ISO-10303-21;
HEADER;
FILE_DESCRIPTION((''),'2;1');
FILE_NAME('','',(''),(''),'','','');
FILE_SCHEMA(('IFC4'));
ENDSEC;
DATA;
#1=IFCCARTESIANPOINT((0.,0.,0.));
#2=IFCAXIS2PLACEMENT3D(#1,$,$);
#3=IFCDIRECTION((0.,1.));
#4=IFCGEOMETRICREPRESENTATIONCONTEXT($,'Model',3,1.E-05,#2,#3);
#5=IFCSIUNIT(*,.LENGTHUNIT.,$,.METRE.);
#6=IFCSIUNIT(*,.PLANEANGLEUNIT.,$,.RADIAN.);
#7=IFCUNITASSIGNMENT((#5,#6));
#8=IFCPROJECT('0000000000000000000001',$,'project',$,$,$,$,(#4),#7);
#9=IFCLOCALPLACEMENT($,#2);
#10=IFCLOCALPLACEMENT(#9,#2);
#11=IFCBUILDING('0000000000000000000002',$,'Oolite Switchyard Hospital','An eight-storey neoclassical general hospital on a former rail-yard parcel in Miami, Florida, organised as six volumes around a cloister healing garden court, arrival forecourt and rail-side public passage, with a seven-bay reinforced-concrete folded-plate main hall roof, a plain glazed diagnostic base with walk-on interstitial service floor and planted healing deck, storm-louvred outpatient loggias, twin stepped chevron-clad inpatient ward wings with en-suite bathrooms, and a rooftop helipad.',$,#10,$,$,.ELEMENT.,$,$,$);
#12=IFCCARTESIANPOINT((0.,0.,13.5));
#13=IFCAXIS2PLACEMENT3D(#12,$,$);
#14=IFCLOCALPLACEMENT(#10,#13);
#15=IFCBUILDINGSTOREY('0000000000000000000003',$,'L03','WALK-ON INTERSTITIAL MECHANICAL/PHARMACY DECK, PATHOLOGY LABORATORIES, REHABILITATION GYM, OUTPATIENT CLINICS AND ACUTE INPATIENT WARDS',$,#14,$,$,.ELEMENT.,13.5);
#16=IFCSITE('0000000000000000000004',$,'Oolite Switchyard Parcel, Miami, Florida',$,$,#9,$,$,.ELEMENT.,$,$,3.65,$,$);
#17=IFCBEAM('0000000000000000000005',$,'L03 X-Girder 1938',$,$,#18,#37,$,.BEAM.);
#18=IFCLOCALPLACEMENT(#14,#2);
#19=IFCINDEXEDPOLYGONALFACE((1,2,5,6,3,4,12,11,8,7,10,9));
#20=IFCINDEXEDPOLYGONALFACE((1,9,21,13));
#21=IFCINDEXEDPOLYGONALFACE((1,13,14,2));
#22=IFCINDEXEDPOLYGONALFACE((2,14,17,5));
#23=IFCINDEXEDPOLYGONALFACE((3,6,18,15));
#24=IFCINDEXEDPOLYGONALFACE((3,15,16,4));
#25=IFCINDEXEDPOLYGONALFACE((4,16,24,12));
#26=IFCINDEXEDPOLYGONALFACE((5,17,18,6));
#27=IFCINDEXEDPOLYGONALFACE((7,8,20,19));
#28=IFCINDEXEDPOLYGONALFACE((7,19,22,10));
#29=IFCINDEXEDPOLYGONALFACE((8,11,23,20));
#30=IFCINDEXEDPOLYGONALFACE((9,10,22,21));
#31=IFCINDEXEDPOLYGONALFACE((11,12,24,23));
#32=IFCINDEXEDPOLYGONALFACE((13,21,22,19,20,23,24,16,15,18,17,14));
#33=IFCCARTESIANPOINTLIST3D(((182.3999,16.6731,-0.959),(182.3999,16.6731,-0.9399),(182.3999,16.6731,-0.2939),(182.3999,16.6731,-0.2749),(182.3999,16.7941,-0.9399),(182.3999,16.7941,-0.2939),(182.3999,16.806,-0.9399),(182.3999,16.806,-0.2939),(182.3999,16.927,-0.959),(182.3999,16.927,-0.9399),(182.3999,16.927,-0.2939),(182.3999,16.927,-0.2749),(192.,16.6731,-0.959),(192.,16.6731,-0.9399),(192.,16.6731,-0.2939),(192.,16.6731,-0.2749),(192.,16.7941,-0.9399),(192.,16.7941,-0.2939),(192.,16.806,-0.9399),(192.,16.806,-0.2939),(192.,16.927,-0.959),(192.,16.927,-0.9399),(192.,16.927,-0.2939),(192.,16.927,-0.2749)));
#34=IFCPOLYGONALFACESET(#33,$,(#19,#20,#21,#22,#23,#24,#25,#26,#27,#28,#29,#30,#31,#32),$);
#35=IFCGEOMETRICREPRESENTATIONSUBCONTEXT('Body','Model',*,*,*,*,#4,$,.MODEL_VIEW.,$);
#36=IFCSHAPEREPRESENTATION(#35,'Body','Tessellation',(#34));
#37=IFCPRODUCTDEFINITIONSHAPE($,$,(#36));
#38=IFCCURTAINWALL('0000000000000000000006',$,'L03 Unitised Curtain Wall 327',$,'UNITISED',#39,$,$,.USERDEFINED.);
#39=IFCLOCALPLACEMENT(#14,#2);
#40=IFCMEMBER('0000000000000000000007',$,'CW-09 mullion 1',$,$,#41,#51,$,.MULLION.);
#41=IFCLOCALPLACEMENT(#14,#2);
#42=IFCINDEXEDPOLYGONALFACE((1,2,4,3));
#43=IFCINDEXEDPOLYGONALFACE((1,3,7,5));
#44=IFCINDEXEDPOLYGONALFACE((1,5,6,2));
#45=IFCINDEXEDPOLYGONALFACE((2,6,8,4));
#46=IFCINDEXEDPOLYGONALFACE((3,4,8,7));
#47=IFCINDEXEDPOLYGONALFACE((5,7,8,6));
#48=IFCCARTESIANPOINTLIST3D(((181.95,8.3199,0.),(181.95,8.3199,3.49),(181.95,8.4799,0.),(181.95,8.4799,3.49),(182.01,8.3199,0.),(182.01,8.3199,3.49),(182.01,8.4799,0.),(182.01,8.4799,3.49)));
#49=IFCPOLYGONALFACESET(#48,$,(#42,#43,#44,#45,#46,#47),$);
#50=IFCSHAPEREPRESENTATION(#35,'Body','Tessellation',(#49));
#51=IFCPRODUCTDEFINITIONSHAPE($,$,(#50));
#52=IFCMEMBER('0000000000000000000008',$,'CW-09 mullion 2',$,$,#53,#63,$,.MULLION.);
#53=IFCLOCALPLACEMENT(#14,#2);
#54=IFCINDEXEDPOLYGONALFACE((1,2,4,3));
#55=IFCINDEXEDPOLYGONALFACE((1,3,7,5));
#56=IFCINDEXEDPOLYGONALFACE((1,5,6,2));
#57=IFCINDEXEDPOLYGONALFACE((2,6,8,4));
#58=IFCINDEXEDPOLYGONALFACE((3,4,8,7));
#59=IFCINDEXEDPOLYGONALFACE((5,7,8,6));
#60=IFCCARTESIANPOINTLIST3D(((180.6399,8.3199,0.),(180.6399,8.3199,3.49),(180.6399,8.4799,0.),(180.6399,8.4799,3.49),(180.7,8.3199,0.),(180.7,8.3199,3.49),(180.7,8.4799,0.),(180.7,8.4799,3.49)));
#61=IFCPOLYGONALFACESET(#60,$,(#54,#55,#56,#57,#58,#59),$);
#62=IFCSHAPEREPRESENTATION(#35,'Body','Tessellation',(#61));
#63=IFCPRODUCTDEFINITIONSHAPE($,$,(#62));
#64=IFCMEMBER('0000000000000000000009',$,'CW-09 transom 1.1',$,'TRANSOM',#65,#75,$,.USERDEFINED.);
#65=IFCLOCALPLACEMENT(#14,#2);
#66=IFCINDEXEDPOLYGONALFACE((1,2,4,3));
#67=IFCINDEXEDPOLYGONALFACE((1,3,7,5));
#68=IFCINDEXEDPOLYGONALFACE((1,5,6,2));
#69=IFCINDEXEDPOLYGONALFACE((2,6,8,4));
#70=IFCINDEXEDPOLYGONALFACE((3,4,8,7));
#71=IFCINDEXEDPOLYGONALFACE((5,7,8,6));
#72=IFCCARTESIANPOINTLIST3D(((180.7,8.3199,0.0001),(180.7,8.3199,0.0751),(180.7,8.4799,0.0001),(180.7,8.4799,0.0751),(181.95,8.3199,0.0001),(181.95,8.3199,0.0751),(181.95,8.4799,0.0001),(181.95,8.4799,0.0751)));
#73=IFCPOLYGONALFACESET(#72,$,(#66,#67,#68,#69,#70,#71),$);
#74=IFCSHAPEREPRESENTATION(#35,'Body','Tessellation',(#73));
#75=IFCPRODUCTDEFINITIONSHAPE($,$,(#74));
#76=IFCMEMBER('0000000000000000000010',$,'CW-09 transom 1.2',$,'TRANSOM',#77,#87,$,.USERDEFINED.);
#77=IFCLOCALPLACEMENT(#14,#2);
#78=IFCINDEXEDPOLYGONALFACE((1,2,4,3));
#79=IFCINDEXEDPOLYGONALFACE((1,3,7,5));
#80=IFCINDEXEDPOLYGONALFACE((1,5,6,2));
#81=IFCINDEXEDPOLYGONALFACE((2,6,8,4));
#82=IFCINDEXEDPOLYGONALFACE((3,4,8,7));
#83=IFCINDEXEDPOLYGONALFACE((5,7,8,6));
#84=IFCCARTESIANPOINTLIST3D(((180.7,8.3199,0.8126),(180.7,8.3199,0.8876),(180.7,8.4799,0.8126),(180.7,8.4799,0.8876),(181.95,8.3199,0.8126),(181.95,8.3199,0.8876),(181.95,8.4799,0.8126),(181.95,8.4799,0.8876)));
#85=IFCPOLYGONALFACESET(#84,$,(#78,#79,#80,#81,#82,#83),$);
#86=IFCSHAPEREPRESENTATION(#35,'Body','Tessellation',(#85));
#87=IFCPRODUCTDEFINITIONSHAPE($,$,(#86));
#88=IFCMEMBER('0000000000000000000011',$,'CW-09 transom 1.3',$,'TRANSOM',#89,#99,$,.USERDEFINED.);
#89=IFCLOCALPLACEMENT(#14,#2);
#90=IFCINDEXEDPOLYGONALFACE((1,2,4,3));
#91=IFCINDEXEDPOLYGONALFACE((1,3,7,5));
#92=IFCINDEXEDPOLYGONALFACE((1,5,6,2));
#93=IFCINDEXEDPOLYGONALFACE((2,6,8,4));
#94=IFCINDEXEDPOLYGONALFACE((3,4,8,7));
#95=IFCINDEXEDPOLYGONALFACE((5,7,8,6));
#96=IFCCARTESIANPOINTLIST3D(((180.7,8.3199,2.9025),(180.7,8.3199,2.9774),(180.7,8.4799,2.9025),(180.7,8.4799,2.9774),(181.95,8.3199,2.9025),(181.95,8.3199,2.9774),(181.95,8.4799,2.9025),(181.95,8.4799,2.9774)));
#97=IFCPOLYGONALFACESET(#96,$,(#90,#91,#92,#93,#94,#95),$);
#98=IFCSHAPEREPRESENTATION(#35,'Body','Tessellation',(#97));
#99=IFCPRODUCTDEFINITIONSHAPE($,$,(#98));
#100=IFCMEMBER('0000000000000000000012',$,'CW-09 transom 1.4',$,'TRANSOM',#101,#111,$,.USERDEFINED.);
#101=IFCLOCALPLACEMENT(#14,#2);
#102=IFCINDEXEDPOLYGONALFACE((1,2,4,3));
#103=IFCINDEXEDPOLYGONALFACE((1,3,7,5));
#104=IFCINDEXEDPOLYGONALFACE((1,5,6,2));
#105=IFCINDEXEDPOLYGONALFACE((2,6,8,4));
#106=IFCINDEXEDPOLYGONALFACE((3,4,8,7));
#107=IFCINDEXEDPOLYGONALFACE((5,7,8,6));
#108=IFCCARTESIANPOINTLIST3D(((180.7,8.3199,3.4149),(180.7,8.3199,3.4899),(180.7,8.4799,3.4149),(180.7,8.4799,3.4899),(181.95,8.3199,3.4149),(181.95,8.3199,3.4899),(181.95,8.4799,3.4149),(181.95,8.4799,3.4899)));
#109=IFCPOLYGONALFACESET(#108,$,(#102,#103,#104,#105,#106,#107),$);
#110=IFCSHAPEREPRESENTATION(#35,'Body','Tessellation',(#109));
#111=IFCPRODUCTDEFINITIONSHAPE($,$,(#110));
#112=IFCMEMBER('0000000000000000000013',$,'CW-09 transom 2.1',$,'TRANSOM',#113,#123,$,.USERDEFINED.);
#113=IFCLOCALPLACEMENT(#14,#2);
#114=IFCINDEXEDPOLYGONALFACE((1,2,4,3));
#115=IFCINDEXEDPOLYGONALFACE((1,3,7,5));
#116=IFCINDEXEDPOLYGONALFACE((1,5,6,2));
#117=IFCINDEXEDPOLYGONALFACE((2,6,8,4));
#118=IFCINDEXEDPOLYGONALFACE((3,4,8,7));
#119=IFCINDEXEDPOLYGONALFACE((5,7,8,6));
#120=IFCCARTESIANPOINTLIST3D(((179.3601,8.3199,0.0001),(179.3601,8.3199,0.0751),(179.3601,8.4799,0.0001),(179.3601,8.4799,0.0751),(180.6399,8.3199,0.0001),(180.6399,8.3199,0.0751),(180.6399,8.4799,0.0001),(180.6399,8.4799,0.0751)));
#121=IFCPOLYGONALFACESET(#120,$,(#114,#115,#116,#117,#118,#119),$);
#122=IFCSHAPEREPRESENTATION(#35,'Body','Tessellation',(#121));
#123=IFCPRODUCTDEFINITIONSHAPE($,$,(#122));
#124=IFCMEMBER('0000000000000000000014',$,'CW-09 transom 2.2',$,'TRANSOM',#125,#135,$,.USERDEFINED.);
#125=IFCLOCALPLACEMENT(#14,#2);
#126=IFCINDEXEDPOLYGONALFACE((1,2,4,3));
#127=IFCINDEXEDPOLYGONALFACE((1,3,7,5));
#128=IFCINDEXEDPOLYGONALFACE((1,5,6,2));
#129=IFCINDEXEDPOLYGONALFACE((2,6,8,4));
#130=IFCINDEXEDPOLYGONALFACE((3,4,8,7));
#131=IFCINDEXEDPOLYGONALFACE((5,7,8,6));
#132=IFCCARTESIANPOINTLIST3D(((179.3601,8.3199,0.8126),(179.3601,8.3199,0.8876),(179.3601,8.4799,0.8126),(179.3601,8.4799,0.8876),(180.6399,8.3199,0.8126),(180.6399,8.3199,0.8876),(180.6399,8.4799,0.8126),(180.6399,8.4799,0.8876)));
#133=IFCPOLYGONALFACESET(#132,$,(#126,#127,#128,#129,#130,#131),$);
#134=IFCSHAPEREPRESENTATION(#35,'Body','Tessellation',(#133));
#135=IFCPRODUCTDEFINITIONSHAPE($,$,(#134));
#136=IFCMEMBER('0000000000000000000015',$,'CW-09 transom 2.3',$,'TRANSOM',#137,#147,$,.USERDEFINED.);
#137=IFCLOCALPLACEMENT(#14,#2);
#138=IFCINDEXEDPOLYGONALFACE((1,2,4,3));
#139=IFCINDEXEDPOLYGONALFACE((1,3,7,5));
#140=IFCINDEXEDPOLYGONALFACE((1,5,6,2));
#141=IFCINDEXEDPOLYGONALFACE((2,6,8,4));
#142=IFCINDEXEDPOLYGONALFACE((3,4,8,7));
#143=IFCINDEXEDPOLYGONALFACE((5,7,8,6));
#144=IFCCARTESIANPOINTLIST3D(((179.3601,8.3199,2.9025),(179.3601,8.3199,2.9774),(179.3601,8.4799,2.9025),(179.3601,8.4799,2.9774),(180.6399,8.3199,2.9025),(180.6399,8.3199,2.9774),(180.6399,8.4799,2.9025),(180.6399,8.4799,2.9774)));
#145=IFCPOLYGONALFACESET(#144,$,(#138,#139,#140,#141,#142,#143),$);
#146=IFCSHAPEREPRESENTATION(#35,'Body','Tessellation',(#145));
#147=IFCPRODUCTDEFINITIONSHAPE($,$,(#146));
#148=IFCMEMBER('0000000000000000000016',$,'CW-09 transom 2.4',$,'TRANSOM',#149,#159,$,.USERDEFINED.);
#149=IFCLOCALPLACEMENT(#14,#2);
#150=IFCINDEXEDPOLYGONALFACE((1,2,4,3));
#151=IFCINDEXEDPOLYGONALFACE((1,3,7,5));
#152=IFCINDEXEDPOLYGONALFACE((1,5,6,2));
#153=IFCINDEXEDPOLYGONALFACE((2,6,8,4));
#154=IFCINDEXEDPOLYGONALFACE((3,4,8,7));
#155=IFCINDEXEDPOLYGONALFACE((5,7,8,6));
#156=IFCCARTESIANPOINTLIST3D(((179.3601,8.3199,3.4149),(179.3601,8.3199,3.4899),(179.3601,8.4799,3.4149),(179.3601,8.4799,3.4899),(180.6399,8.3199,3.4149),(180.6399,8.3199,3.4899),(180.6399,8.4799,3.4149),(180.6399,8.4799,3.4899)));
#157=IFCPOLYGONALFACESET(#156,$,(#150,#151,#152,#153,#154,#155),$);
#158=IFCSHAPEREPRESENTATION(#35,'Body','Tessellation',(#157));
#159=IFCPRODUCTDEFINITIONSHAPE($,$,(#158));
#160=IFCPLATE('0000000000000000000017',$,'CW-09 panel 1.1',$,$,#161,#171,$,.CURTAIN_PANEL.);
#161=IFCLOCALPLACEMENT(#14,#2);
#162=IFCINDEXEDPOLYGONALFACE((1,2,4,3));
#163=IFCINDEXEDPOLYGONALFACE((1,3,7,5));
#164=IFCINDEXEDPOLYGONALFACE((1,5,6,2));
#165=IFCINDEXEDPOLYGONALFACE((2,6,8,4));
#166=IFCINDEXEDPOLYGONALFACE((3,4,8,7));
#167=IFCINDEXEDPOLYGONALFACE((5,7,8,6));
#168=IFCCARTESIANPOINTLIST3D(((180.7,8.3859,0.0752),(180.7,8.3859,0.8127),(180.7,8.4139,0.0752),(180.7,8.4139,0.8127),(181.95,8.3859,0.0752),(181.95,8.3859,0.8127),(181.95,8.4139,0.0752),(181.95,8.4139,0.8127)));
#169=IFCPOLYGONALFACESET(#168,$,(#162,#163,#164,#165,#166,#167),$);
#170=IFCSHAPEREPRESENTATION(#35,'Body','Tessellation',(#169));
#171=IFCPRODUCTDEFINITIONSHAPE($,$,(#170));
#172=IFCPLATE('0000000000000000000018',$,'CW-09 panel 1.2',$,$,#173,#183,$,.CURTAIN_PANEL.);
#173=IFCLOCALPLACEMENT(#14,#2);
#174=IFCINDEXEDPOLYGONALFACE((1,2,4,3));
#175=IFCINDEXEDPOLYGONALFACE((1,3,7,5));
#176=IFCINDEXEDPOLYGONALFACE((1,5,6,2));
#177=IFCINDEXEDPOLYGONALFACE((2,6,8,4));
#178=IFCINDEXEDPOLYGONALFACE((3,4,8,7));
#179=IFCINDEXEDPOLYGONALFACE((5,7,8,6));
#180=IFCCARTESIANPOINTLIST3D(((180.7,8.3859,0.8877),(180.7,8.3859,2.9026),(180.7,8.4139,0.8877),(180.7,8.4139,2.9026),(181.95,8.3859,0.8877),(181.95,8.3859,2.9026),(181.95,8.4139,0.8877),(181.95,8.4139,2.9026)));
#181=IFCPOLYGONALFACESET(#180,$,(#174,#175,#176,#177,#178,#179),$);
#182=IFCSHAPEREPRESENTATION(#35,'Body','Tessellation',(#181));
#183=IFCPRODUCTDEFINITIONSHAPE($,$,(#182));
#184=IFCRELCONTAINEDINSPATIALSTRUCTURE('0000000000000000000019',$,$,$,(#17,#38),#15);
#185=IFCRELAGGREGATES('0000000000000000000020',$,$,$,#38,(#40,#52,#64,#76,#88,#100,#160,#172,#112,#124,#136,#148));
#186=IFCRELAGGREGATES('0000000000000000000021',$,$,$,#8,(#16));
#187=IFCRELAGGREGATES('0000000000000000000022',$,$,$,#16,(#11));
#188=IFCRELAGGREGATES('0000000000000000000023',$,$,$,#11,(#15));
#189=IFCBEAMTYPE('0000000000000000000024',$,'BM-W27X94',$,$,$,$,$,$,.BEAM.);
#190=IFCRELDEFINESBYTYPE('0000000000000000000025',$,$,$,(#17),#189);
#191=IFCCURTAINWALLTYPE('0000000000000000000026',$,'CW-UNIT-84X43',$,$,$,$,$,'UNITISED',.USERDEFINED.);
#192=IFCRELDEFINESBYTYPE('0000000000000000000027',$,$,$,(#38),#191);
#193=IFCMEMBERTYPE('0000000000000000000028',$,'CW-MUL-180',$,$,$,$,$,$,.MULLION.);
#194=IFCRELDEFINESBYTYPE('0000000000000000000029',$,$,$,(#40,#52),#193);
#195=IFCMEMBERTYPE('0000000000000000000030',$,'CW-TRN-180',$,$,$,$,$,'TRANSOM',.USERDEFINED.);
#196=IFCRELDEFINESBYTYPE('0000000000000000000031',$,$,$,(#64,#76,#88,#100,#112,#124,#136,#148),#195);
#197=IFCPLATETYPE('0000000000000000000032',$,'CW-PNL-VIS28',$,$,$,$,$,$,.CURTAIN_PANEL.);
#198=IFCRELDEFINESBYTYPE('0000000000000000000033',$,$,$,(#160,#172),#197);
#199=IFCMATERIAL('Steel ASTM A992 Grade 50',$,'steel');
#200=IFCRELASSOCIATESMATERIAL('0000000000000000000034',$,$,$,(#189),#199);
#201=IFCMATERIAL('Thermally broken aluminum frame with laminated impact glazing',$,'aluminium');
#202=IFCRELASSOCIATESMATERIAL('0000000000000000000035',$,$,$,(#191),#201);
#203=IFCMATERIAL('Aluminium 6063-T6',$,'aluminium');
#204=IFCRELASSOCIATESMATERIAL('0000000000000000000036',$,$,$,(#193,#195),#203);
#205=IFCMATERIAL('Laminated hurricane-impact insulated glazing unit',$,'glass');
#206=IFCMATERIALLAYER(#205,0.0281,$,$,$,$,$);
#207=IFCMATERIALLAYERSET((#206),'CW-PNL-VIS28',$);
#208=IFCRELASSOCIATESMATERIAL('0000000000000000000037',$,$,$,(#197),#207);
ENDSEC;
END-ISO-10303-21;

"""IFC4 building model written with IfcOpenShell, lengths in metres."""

from ifc_helpers import new_model, si_unit, direction, frame, origin, origin_2d, place, context, subcontext, project, spatial, rectangle, i_section, extrude, material, layer, layer_set, material_profile, profile_set, type_object, element, aggregate, save


model = new_model("IFC4")

# Units and contexts
model_context = context("Model", 3, precision=1e-05, world=origin(), true_north=direction((0.0, 1.0)))
body_context = subcontext(model_context, "Body", "Model", "MODEL_VIEW")
ifc_project = project(units=[si_unit("LENGTHUNIT", "METRE"), si_unit("PLANEANGLEUNIT", "RADIAN")], contexts=[model_context])

# Site, building, storey
site_placement = place(None, origin())
site = spatial("IfcSite", under=ifc_project, at=site_placement, Name="Oolite Switchyard Parcel, Miami, Florida", CompositionType="ELEMENT", RefElevation=3.65)
building_placement = place(site_placement, origin())
building = spatial("IfcBuilding", under=site, at=building_placement, Name="Oolite Switchyard Hospital", Description="An eight-storey neoclassical general hospital on a former rail-yard parcel in Miami, Florida, organised as six volumes around a cloister healing garden court, arrival forecourt and rail-side public passage, with a seven-bay reinforced-concrete folded-plate main hall roof, a plain glazed diagnostic base with walk-on interstitial service floor and planted healing deck, storm-louvred outpatient loggias, twin stepped chevron-clad inpatient ward wings with en-suite bathrooms, and a rooftop helipad.", CompositionType="ELEMENT")
storey_placement = place(building_placement, frame((0.0, 0.0, 13.5)))
storey = spatial("IfcBuildingStorey", under=building, at=storey_placement, Name="L03", Description="WALK-ON INTERSTITIAL MECHANICAL/PHARMACY DECK, PATHOLOGY LABORATORIES, REHABILITATION GYM, OUTPATIENT CLINICS AND ACUTE INPATIENT WARDS", CompositionType="ELEMENT", Elevation=13.5)

# Beam
ifc_material_1 = material(Name="Steel ASTM A992 Grade 50", Category="steel")
ifc_material_profile_1 = material_profile(ifc_material_1, i_section(OverallWidth=0.2539, OverallDepth=0.6841, WebThickness=0.012, FlangeThickness=0.019, at=origin_2d()), Name="W27X94")
ifc_profile_set_1 = profile_set([ifc_material_profile_1], Name="Steel ASTM A992 Grade 50")
beam_type_1 = type_object("IfcBeamType", Name="BM-W27X94", PredefinedType="BEAM", material=ifc_profile_set_1)
for number, where, z_axis, x_axis, name in (
    (1, (182.3999, 16.8, -0.6169), (1.0, 0.0, 0.0), (0.0, 1.0, 0.0), "L03 X-Girder 1938"),
):
    element("IfcBeam", number, at=place(storey_placement, frame(where, z_axis=z_axis, x_axis=x_axis)), inside=storey, type_object=beam_type_1, Name=name, PredefinedType="BEAM", context=body_context, shape_type="SweptSolid", body=[
        extrude(i_section(OverallWidth=0.2539, OverallDepth=0.6841, WebThickness=0.012, FlangeThickness=0.019, at=origin_2d()), origin(), (0.0, 0.0, 1.0), 9.6001),
    ])

# Curtain wall, members, plates
ifc_material_2 = material(Name="Thermally broken aluminum frame with laminated impact glazing", Category="aluminium")
curtain_wall_type = type_object("IfcCurtainWallType", Name="CW-UNIT-84X43", ElementType="UNITISED", PredefinedType="USERDEFINED", material=ifc_material_2)
curtain_wall_placement = place(storey_placement, origin())
curtain_wall = element("IfcCurtainWall", 2, at=curtain_wall_placement, inside=storey, type_object=curtain_wall_type, Name="L03 Unitised Curtain Wall 327", ObjectType="UNITISED", PredefinedType="USERDEFINED")
ifc_material_3 = material(Name="Aluminium 6063-T6", Category="aluminium")
ifc_material_profile_2 = material_profile(ifc_material_3, rectangle(XDim=0.1599, YDim=0.0601, at=origin_2d()), Name="CWM60X160")
ifc_profile_set_2 = profile_set([ifc_material_profile_2], Name="Aluminium 6063-T6")
member_type_1 = type_object("IfcMemberType", Name="CW-MUL-180", PredefinedType="MULLION", material=ifc_profile_set_2)
member_1_placement = place(storey_placement, frame((181.98, 8.3999, 0.0), z_axis=(0.0, 0.0, 1.0), x_axis=(0.0, -1.0, 0.0)))
member_1 = element("IfcMember", 3, at=member_1_placement, type_object=member_type_1, Name="CW-09 mullion 1", PredefinedType="MULLION", context=body_context, shape_type="SweptSolid", body=[
    extrude(rectangle(XDim=0.1599, YDim=0.0601, at=origin_2d()), origin(), (0.0, 0.0, 1.0), 3.49),
])
member_2_placement = place(storey_placement, frame((180.6699, 8.3999, 0.0), z_axis=(0.0, 0.0, 1.0), x_axis=(0.0, -1.0, 0.0)))
member_2 = element("IfcMember", 4, at=member_2_placement, type_object=member_type_1, Name="CW-09 mullion 2", PredefinedType="MULLION", context=body_context, shape_type="SweptSolid", body=[
    extrude(rectangle(XDim=0.1599, YDim=0.0601, at=origin_2d()), origin(), (0.0, 0.0, 1.0), 3.49),
])
ifc_material_profile_3 = material_profile(ifc_material_3, rectangle(XDim=0.1599, YDim=0.075, at=origin_2d()), Name="CWT75X160")
ifc_profile_set_3 = profile_set([ifc_material_profile_3], Name="Aluminium 6063-T6")
member_type_2 = type_object("IfcMemberType", Name="CW-TRN-180", ElementType="TRANSOM", PredefinedType="USERDEFINED", material=ifc_profile_set_3)
member_3_placement = place(storey_placement, frame((181.95, 8.3999, 0.0376), z_axis=(-1.0, 0.0, 0.0), x_axis=(0.0, -1.0, 0.0)))
member_3 = element("IfcMember", 5, at=member_3_placement, type_object=member_type_2, Name="CW-09 transom 1.1", ObjectType="TRANSOM", PredefinedType="USERDEFINED", context=body_context, shape_type="SweptSolid", body=[
    extrude(rectangle(XDim=0.1599, YDim=0.075, at=origin_2d()), origin(), (0.0, 0.0, 1.0), 1.25),
])
member_4_placement = place(storey_placement, frame((181.95, 8.3999, 0.8501), z_axis=(-1.0, 0.0, 0.0), x_axis=(0.0, -1.0, 0.0)))
member_4 = element("IfcMember", 6, at=member_4_placement, type_object=member_type_2, Name="CW-09 transom 1.2", ObjectType="TRANSOM", PredefinedType="USERDEFINED", context=body_context, shape_type="SweptSolid", body=[
    extrude(rectangle(XDim=0.1599, YDim=0.075, at=origin_2d()), origin(), (0.0, 0.0, 1.0), 1.25),
])
member_5_placement = place(storey_placement, frame((181.95, 8.3999, 2.9399), z_axis=(-1.0, 0.0, 0.0), x_axis=(0.0, -1.0, 0.0)))
member_5 = element("IfcMember", 7, at=member_5_placement, type_object=member_type_2, Name="CW-09 transom 1.3", ObjectType="TRANSOM", PredefinedType="USERDEFINED", context=body_context, shape_type="SweptSolid", body=[
    extrude(rectangle(XDim=0.1599, YDim=0.075, at=origin_2d()), origin(), (0.0, 0.0, 1.0), 1.25),
])
member_6_placement = place(storey_placement, frame((181.95, 8.3999, 3.4524), z_axis=(-1.0, 0.0, 0.0), x_axis=(0.0, -1.0, 0.0)))
member_6 = element("IfcMember", 8, at=member_6_placement, type_object=member_type_2, Name="CW-09 transom 1.4", ObjectType="TRANSOM", PredefinedType="USERDEFINED", context=body_context, shape_type="SweptSolid", body=[
    extrude(rectangle(XDim=0.1599, YDim=0.075, at=origin_2d()), origin(), (0.0, 0.0, 1.0), 1.25),
])
member_7_placement = place(storey_placement, frame((180.6399, 8.3999, 0.0376), z_axis=(-1.0, 0.0, 0.0), x_axis=(0.0, -1.0, 0.0)))
member_7 = element("IfcMember", 9, at=member_7_placement, type_object=member_type_2, Name="CW-09 transom 2.1", ObjectType="TRANSOM", PredefinedType="USERDEFINED", context=body_context, shape_type="SweptSolid", body=[
    extrude(rectangle(XDim=0.1599, YDim=0.075, at=origin_2d()), origin(), (0.0, 0.0, 1.0), 1.2798),
])
member_8_placement = place(storey_placement, frame((180.6399, 8.3999, 0.8501), z_axis=(-1.0, 0.0, 0.0), x_axis=(0.0, -1.0, 0.0)))
member_8 = element("IfcMember", 10, at=member_8_placement, type_object=member_type_2, Name="CW-09 transom 2.2", ObjectType="TRANSOM", PredefinedType="USERDEFINED", context=body_context, shape_type="SweptSolid", body=[
    extrude(rectangle(XDim=0.1599, YDim=0.075, at=origin_2d()), origin(), (0.0, 0.0, 1.0), 1.2798),
])
member_9_placement = place(storey_placement, frame((180.6399, 8.3999, 2.9399), z_axis=(-1.0, 0.0, 0.0), x_axis=(0.0, -1.0, 0.0)))
member_9 = element("IfcMember", 11, at=member_9_placement, type_object=member_type_2, Name="CW-09 transom 2.3", ObjectType="TRANSOM", PredefinedType="USERDEFINED", context=body_context, shape_type="SweptSolid", body=[
    extrude(rectangle(XDim=0.1599, YDim=0.075, at=origin_2d()), origin(), (0.0, 0.0, 1.0), 1.2798),
])
member_10_placement = place(storey_placement, frame((180.6399, 8.3999, 3.4524), z_axis=(-1.0, 0.0, 0.0), x_axis=(0.0, -1.0, 0.0)))
member_10 = element("IfcMember", 12, at=member_10_placement, type_object=member_type_2, Name="CW-09 transom 2.4", ObjectType="TRANSOM", PredefinedType="USERDEFINED", context=body_context, shape_type="SweptSolid", body=[
    extrude(rectangle(XDim=0.1599, YDim=0.075, at=origin_2d()), origin(), (0.0, 0.0, 1.0), 1.2798),
])
ifc_material_4 = material(Name="Laminated hurricane-impact insulated glazing unit", Category="glass")
ifc_layer_1 = layer(ifc_material_4, 0.0281)
ifc_layer_set_1 = layer_set([ifc_layer_1], Name="CW-PNL-VIS28")
plate_type = type_object("IfcPlateType", Name="CW-PNL-VIS28", PredefinedType="CURTAIN_PANEL", material=ifc_layer_set_1)
plate_1_placement = place(storey_placement, frame((181.325, 8.3999, 0.0752), z_axis=(0.0, 0.0, 1.0), x_axis=(-1.0, 0.0, 0.0)))
plate_1 = element("IfcPlate", 13, at=plate_1_placement, type_object=plate_type, Name="CW-09 panel 1.1", PredefinedType="CURTAIN_PANEL", context=body_context, shape_type="SweptSolid", body=[
    extrude(rectangle(XDim=1.25, YDim=0.0281, at=origin_2d()), origin(), (0.0, 0.0, 1.0), 0.7375),
])
plate_2_placement = place(storey_placement, frame((181.325, 8.3999, 0.8877), z_axis=(0.0, 0.0, 1.0), x_axis=(-1.0, 0.0, 0.0)))
plate_2 = element("IfcPlate", 14, at=plate_2_placement, type_object=plate_type, Name="CW-09 panel 1.2", PredefinedType="CURTAIN_PANEL", context=body_context, shape_type="SweptSolid", body=[
    extrude(rectangle(XDim=1.25, YDim=0.0281, at=origin_2d()), origin(), (0.0, 0.0, 1.0), 2.0149),
])
aggregate(curtain_wall, [member_1, member_2, member_3, member_4, member_5, member_6, plate_1, plate_2, member_7, member_8, member_9, member_10])

save(model, "model.ifc")
